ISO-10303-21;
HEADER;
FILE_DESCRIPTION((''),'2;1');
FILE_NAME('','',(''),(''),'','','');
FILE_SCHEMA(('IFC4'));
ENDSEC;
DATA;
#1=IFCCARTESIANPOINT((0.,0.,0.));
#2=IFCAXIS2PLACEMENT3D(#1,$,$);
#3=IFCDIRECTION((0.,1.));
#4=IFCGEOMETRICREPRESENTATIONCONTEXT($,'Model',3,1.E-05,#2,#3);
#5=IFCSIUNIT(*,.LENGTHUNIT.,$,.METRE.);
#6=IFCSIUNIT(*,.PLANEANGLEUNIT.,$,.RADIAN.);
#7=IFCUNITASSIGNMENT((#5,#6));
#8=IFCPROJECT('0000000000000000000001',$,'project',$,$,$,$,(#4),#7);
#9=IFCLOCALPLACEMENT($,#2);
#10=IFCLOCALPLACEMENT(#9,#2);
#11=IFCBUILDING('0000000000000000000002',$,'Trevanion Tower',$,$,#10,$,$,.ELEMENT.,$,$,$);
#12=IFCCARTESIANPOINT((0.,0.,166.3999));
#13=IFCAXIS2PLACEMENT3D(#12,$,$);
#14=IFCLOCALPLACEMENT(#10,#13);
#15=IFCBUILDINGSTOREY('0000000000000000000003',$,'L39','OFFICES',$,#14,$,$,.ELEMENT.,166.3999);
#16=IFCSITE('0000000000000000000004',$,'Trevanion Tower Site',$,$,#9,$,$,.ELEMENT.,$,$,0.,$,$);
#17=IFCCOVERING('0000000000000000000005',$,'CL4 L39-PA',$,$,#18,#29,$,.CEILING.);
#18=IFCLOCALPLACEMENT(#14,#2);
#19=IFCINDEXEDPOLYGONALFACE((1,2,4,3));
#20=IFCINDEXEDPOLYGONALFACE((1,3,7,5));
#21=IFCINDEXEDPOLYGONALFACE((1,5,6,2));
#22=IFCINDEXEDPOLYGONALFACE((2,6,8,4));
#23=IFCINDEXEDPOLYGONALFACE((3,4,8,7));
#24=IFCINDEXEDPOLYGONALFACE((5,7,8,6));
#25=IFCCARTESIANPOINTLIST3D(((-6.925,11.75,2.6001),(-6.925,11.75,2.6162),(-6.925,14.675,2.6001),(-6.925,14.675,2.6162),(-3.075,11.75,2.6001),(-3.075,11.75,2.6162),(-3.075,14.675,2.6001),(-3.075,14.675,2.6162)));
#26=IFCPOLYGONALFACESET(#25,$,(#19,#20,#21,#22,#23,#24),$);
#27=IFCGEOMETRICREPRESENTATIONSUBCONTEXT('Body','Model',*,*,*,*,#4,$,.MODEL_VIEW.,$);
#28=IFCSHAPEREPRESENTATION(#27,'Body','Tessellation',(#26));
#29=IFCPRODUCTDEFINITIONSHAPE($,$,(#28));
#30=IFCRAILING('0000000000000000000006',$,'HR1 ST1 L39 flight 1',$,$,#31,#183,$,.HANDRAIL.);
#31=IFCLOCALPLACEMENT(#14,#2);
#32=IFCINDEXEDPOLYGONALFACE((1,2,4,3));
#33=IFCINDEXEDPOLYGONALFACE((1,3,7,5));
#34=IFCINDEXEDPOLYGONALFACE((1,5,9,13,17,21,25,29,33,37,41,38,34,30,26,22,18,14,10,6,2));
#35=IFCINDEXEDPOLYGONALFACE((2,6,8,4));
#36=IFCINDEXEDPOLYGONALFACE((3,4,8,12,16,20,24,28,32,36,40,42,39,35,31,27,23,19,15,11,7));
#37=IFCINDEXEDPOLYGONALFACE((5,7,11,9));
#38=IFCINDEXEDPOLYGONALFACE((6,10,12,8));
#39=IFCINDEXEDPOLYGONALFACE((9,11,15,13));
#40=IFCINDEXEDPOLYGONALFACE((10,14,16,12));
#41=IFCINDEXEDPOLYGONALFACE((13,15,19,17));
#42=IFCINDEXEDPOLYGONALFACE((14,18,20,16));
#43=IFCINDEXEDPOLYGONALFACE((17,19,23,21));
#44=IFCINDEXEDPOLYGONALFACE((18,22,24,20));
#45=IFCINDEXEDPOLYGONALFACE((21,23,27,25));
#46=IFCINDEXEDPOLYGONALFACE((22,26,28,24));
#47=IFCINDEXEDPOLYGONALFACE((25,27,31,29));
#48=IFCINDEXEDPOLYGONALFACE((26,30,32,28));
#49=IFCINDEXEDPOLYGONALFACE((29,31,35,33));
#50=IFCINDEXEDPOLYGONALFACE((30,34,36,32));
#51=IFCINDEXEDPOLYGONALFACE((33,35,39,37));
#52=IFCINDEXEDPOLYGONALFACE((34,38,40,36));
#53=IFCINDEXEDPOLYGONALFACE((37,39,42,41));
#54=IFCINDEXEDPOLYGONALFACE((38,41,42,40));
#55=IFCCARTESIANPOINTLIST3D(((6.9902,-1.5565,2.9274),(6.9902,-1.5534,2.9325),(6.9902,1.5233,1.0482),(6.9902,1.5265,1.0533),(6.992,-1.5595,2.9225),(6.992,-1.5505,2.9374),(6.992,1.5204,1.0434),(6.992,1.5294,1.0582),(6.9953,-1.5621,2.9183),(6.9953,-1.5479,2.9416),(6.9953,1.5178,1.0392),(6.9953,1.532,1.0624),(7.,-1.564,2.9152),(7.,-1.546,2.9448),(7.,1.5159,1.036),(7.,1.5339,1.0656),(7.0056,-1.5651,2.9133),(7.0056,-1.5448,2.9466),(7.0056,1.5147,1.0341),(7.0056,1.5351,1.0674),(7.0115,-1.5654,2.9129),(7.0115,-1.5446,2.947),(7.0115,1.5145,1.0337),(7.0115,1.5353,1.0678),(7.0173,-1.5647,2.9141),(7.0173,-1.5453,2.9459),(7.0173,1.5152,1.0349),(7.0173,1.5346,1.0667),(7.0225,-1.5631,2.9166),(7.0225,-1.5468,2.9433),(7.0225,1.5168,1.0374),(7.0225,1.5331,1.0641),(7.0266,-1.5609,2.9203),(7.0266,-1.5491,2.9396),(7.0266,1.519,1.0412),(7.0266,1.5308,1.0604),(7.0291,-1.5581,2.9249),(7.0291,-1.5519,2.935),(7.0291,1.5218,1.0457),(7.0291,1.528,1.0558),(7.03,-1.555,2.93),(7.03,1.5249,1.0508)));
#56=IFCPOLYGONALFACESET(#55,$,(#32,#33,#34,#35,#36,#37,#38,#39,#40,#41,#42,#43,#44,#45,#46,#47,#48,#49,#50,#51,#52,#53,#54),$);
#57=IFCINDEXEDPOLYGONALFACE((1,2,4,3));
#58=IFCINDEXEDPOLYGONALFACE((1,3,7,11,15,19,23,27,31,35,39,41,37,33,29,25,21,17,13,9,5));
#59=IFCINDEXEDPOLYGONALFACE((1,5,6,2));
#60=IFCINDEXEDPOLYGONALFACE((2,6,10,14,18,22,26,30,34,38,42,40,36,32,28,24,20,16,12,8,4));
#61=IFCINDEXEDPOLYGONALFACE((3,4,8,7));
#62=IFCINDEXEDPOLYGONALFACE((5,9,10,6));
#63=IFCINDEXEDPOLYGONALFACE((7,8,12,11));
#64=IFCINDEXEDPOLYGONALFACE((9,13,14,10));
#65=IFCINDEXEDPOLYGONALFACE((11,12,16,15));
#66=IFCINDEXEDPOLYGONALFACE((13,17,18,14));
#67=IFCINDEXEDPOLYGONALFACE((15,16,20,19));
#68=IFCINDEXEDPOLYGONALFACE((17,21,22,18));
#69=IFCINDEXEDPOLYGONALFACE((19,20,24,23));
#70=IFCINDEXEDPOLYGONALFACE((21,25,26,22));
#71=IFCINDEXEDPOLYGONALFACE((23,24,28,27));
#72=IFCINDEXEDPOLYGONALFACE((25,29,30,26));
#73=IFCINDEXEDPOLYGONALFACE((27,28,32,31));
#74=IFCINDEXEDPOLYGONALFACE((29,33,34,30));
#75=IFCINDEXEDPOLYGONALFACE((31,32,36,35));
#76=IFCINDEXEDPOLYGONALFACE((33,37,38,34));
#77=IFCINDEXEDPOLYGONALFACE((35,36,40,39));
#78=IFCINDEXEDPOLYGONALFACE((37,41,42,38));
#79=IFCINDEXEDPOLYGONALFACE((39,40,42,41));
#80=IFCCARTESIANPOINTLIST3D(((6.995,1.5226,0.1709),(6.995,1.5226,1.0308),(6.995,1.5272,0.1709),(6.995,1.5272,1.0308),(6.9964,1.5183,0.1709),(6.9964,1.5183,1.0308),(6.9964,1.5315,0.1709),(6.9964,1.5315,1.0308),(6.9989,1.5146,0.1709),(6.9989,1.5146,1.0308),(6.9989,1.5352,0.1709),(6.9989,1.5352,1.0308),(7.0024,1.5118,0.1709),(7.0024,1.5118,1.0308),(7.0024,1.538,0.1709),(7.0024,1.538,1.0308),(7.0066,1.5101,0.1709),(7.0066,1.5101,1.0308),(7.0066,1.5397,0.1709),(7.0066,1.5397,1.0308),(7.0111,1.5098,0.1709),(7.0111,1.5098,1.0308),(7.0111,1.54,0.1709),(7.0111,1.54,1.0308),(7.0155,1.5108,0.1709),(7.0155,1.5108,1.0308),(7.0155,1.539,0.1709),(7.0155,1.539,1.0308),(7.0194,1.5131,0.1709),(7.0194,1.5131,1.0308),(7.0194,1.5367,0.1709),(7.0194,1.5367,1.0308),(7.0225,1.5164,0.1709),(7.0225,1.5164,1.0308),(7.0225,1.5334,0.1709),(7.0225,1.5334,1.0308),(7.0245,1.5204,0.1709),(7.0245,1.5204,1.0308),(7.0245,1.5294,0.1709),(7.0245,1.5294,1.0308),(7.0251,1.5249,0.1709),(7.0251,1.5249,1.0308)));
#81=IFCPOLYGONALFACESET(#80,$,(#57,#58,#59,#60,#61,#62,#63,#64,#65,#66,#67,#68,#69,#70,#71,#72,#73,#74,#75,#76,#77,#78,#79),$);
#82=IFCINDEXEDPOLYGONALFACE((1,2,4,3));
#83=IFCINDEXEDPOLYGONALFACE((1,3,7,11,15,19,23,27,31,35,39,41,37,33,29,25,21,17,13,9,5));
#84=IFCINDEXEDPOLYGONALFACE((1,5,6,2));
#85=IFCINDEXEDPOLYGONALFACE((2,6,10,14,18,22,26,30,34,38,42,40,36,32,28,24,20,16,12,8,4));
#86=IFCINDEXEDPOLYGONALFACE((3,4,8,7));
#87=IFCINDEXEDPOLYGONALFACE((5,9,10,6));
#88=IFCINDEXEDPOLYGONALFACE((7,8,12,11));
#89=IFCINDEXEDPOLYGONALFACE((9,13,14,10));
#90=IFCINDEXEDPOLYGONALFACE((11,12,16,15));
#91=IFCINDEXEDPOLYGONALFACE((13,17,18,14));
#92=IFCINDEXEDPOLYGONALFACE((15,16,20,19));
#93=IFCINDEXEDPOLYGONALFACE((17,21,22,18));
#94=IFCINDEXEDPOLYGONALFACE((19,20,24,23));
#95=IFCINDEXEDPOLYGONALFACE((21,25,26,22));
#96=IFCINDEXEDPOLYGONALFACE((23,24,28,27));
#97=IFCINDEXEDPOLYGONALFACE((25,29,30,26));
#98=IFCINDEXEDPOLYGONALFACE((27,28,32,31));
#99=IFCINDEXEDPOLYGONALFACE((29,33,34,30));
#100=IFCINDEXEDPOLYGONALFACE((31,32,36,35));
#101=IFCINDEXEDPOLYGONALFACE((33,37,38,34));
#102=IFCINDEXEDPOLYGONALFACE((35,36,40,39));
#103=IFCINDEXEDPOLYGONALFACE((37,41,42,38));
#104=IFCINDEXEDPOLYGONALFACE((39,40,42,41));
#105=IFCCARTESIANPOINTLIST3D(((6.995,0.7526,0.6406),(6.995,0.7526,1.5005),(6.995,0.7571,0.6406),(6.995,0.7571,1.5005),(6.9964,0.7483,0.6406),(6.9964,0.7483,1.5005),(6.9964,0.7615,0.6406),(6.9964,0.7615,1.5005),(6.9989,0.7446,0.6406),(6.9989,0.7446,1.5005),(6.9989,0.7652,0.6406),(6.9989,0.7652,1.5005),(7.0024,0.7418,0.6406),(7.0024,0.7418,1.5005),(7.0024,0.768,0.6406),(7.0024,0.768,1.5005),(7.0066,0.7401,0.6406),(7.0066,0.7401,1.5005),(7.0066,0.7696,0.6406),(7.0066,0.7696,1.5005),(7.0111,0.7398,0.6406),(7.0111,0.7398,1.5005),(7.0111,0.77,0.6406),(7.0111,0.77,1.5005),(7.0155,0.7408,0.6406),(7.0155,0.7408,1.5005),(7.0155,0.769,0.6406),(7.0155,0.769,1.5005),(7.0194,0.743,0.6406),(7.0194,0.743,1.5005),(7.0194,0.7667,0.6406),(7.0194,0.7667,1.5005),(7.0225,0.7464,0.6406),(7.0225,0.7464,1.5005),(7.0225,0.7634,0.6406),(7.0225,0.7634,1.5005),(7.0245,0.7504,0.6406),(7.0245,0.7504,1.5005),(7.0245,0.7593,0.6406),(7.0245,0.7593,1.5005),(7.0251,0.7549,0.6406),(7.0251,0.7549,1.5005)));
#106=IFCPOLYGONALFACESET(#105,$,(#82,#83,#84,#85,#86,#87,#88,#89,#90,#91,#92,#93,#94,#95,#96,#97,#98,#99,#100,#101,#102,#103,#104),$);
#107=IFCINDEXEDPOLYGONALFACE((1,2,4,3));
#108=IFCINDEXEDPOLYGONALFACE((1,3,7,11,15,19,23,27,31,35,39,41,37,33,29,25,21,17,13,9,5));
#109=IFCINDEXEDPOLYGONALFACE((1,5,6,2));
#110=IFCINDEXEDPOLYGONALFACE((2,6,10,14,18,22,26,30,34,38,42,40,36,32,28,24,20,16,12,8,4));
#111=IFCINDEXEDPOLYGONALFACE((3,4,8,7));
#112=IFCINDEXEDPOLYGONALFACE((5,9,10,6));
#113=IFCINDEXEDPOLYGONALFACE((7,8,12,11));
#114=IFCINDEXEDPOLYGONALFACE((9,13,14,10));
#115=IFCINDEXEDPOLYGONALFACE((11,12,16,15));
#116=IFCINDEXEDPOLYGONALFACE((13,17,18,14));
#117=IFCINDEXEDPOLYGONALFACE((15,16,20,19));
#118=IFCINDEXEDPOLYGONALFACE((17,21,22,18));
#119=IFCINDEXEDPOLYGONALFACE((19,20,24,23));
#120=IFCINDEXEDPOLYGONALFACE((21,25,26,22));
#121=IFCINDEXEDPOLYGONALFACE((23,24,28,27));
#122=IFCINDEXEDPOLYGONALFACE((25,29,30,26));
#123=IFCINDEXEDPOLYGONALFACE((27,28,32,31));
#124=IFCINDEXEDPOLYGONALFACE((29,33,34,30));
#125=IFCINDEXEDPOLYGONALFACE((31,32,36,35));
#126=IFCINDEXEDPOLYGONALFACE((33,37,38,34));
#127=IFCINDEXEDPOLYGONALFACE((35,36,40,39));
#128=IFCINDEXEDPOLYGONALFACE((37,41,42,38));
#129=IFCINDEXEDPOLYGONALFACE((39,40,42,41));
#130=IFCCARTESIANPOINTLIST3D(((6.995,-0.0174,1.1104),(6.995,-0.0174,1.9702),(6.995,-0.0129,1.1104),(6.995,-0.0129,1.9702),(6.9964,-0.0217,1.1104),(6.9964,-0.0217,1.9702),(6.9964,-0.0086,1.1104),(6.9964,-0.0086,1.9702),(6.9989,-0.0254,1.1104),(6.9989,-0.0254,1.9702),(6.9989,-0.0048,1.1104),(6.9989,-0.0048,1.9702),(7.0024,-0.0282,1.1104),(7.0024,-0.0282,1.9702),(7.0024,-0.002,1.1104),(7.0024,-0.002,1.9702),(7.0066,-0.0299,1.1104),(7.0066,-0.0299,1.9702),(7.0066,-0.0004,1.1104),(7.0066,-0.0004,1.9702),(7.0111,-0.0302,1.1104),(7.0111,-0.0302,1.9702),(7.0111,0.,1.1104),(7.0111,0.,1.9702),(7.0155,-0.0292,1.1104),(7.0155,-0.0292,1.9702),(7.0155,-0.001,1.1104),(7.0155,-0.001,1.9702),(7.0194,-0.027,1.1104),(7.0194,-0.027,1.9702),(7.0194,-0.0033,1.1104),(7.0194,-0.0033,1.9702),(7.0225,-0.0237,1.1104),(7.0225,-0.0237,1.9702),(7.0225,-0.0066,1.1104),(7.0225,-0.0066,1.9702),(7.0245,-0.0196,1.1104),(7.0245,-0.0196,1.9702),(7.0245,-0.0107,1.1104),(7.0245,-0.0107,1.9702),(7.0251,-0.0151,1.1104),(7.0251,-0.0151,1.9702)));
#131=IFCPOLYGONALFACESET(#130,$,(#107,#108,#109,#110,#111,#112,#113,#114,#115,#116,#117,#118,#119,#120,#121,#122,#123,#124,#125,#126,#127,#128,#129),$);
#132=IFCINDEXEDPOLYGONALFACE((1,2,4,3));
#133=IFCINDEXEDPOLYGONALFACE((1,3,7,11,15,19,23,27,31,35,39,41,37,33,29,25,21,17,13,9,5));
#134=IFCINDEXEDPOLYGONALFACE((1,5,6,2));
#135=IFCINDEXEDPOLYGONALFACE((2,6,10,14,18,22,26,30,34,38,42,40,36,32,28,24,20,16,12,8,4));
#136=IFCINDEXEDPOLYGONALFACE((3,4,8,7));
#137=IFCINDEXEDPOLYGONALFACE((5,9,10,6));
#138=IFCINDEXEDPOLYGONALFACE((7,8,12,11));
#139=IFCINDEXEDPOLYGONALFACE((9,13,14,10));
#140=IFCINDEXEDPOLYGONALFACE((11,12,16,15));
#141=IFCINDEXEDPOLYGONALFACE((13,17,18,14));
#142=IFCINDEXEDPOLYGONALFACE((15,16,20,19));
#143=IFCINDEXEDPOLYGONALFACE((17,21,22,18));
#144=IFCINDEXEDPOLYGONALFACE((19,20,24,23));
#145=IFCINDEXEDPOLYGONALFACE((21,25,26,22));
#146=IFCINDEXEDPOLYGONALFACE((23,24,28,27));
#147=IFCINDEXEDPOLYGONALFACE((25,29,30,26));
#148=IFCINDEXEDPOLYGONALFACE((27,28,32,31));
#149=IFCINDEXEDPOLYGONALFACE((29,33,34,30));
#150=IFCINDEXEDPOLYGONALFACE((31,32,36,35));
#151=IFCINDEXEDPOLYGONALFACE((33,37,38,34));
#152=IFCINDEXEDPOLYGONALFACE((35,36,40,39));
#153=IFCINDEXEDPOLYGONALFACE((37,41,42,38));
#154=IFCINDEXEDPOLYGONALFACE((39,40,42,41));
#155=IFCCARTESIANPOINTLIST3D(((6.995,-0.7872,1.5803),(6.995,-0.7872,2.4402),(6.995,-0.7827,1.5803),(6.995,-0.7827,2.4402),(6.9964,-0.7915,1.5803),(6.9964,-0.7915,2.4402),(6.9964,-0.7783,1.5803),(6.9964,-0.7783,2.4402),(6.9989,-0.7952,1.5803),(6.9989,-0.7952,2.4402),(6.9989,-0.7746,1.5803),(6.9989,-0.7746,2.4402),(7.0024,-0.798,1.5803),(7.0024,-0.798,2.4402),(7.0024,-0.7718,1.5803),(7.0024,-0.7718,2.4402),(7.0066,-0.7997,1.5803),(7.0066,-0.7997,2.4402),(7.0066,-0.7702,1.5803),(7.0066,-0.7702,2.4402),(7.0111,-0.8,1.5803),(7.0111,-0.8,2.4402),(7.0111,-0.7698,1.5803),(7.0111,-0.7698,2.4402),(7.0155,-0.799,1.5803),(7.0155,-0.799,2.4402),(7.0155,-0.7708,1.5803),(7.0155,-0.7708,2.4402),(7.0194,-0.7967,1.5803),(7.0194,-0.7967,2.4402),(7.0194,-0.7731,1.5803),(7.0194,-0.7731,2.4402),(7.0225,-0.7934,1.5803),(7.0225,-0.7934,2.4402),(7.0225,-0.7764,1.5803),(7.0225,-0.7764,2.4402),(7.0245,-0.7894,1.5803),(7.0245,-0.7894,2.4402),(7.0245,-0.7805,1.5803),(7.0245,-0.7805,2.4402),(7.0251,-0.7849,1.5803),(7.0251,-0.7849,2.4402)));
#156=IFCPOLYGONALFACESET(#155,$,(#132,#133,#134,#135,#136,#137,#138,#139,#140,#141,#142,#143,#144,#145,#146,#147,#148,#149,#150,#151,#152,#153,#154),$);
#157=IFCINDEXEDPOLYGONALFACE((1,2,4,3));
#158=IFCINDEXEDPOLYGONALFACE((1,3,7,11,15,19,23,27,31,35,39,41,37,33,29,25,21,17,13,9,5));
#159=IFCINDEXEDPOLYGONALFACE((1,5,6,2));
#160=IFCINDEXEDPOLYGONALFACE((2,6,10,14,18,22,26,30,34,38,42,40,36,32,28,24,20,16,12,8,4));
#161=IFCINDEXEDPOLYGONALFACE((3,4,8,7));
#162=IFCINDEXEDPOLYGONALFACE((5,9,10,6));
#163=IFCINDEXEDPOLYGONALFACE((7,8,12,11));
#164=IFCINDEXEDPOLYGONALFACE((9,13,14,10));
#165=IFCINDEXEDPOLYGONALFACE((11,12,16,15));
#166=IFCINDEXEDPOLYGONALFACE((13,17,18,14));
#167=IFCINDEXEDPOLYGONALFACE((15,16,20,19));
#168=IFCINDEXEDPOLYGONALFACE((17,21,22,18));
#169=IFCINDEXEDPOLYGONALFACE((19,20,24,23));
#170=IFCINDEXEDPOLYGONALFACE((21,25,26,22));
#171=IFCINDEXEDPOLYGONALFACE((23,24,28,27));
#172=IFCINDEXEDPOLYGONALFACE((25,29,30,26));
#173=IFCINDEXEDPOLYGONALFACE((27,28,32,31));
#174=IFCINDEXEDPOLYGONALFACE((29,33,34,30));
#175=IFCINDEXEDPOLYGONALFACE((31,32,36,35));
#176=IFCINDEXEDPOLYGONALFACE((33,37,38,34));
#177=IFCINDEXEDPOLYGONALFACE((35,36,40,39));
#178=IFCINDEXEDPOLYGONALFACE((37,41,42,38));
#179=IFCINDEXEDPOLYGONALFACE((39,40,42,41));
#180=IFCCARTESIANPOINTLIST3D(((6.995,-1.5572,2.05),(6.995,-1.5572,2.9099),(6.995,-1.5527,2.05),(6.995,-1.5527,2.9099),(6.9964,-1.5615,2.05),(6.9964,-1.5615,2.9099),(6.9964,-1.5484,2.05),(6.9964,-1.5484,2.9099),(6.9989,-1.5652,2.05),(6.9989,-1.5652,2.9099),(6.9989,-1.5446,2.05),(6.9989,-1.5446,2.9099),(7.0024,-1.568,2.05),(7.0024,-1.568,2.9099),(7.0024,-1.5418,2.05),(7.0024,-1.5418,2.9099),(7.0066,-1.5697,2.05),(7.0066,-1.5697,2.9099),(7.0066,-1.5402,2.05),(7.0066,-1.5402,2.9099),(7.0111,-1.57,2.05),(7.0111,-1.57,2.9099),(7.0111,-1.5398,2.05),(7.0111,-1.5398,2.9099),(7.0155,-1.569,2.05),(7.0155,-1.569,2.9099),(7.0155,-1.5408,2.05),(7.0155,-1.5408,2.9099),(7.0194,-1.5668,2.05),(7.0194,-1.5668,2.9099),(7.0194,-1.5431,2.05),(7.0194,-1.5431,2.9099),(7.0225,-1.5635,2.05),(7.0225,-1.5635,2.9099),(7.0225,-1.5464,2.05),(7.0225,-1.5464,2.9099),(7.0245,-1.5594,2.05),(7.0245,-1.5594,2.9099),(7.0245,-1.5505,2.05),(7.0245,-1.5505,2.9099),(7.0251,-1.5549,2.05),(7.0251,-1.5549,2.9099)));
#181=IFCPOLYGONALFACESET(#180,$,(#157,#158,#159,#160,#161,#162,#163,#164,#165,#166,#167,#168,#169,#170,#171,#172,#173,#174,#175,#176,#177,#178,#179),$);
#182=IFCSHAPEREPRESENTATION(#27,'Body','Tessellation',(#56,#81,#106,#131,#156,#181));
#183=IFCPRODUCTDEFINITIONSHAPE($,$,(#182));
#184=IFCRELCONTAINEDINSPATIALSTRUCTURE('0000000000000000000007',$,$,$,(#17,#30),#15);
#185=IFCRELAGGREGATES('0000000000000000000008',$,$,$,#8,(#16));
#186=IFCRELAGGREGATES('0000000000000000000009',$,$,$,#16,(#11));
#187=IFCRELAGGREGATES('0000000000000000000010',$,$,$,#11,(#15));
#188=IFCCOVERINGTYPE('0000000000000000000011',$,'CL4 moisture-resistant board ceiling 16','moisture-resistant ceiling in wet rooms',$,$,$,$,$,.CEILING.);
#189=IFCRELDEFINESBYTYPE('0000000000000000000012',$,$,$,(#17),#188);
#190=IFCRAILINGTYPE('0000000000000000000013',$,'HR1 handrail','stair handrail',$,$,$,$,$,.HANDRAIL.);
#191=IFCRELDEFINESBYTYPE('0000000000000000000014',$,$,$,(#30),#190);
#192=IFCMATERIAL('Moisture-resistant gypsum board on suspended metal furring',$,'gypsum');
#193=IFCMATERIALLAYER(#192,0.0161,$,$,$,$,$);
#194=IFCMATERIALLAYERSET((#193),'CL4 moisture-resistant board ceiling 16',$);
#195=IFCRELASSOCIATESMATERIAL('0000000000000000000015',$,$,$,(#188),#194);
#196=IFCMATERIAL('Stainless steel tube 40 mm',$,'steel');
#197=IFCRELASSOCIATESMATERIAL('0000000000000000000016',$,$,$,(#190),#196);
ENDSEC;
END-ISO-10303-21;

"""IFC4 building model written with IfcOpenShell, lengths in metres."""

from ifc_helpers import new_model, si_unit, direction, frame, origin, origin_2d, place, context, subcontext, project, spatial, polyline, circle, outline, extrude, material, layer, layer_set, type_object, element, save


model = new_model("IFC4")

# Units and contexts
model_context = context("Model", 3, precision=1e-05, world=origin(), true_north=direction((0.0, 1.0)))
body_context = subcontext(model_context, "Body", "Model", "MODEL_VIEW")
ifc_project = project(units=[si_unit("LENGTHUNIT", "METRE"), si_unit("PLANEANGLEUNIT", "RADIAN")], contexts=[model_context])

# Site, building, storey
site_placement = place(None, origin())
site = spatial("IfcSite", under=ifc_project, at=site_placement, Name="Trevanion Tower Site", CompositionType="ELEMENT", RefElevation=0.0)
building_placement = place(site_placement, origin())
building = spatial("IfcBuilding", under=site, at=building_placement, Name="Trevanion Tower", CompositionType="ELEMENT")
storey_placement = place(building_placement, frame((0.0, 0.0, 166.3999)))
storey = spatial("IfcBuildingStorey", under=building, at=storey_placement, Name="L39", Description="OFFICES", CompositionType="ELEMENT", Elevation=166.3999)

# Covering
ifc_material_1 = material(Name="Moisture-resistant gypsum board on suspended metal furring", Category="gypsum")
ifc_layer_1 = layer(ifc_material_1, 0.0161)
ifc_layer_set_1 = layer_set([ifc_layer_1], Name="CL4 moisture-resistant board ceiling 16")
covering_type_1 = type_object("IfcCoveringType", Name="CL4 moisture-resistant board ceiling 16", Description="moisture-resistant ceiling in wet rooms", PredefinedType="CEILING", material=ifc_layer_set_1)
covering_1_placement = place(storey_placement, frame((0.0, 0.0, 2.6001)))
element("IfcCovering", 1, at=covering_1_placement, inside=storey, type_object=covering_type_1, Name="CL4 L39-PA", PredefinedType="CEILING", context=body_context, shape_type="SweptSolid", body=[
    extrude(outline(polyline([(-6.925, 14.675), (-3.075, 14.675), (-3.075, 11.75), (-6.925, 11.75), (-6.925, 14.675)])), origin(), (0.0, 0.0, 1.0), 0.0161),
])

# Railing
ifc_material_2 = material(Name="Stainless steel tube 40 mm", Category="steel")
railing_type = type_object("IfcRailingType", Name="HR1 handrail", Description="stair handrail", PredefinedType="HANDRAIL", material=ifc_material_2)
for number, where, name in (
    (2, (7.01, 1.5249, 0.1709), "HR1 ST1 L39 flight 1"),
):
    element("IfcRailing", number, at=place(storey_placement, frame(where)), inside=storey, type_object=railing_type, Name=name, PredefinedType="HANDRAIL", context=body_context, shape_type="SweptSolid", body=[
        extrude(circle(Radius=0.02, at=origin_2d()), frame((0.0, 0.0, 0.8799), z_axis=(0.0, -0.853648, 0.52085), x_axis=(1.0, 0.0, 0.0)), (0.0, 0.0, 1.0), 3.6079),
        extrude(circle(Radius=0.0151, at=origin_2d()), origin(), (0.0, 0.0, 1.0), 0.8599),
        extrude(circle(Radius=0.0151, at=origin_2d()), frame((0.0, -0.77, 0.4697)), (0.0, 0.0, 1.0), 0.8599),
        extrude(circle(Radius=0.0151, at=origin_2d()), frame((0.0, -1.54, 0.9395)), (0.0, 0.0, 1.0), 0.8599),
        extrude(circle(Radius=0.0151, at=origin_2d()), frame((0.0, -2.3098, 1.4094)), (0.0, 0.0, 1.0), 0.8599),
        extrude(circle(Radius=0.0151, at=origin_2d()), frame((0.0, -3.0798, 1.8792)), (0.0, 0.0, 1.0), 0.8599),
    ])

save(model, "model.ifc")
